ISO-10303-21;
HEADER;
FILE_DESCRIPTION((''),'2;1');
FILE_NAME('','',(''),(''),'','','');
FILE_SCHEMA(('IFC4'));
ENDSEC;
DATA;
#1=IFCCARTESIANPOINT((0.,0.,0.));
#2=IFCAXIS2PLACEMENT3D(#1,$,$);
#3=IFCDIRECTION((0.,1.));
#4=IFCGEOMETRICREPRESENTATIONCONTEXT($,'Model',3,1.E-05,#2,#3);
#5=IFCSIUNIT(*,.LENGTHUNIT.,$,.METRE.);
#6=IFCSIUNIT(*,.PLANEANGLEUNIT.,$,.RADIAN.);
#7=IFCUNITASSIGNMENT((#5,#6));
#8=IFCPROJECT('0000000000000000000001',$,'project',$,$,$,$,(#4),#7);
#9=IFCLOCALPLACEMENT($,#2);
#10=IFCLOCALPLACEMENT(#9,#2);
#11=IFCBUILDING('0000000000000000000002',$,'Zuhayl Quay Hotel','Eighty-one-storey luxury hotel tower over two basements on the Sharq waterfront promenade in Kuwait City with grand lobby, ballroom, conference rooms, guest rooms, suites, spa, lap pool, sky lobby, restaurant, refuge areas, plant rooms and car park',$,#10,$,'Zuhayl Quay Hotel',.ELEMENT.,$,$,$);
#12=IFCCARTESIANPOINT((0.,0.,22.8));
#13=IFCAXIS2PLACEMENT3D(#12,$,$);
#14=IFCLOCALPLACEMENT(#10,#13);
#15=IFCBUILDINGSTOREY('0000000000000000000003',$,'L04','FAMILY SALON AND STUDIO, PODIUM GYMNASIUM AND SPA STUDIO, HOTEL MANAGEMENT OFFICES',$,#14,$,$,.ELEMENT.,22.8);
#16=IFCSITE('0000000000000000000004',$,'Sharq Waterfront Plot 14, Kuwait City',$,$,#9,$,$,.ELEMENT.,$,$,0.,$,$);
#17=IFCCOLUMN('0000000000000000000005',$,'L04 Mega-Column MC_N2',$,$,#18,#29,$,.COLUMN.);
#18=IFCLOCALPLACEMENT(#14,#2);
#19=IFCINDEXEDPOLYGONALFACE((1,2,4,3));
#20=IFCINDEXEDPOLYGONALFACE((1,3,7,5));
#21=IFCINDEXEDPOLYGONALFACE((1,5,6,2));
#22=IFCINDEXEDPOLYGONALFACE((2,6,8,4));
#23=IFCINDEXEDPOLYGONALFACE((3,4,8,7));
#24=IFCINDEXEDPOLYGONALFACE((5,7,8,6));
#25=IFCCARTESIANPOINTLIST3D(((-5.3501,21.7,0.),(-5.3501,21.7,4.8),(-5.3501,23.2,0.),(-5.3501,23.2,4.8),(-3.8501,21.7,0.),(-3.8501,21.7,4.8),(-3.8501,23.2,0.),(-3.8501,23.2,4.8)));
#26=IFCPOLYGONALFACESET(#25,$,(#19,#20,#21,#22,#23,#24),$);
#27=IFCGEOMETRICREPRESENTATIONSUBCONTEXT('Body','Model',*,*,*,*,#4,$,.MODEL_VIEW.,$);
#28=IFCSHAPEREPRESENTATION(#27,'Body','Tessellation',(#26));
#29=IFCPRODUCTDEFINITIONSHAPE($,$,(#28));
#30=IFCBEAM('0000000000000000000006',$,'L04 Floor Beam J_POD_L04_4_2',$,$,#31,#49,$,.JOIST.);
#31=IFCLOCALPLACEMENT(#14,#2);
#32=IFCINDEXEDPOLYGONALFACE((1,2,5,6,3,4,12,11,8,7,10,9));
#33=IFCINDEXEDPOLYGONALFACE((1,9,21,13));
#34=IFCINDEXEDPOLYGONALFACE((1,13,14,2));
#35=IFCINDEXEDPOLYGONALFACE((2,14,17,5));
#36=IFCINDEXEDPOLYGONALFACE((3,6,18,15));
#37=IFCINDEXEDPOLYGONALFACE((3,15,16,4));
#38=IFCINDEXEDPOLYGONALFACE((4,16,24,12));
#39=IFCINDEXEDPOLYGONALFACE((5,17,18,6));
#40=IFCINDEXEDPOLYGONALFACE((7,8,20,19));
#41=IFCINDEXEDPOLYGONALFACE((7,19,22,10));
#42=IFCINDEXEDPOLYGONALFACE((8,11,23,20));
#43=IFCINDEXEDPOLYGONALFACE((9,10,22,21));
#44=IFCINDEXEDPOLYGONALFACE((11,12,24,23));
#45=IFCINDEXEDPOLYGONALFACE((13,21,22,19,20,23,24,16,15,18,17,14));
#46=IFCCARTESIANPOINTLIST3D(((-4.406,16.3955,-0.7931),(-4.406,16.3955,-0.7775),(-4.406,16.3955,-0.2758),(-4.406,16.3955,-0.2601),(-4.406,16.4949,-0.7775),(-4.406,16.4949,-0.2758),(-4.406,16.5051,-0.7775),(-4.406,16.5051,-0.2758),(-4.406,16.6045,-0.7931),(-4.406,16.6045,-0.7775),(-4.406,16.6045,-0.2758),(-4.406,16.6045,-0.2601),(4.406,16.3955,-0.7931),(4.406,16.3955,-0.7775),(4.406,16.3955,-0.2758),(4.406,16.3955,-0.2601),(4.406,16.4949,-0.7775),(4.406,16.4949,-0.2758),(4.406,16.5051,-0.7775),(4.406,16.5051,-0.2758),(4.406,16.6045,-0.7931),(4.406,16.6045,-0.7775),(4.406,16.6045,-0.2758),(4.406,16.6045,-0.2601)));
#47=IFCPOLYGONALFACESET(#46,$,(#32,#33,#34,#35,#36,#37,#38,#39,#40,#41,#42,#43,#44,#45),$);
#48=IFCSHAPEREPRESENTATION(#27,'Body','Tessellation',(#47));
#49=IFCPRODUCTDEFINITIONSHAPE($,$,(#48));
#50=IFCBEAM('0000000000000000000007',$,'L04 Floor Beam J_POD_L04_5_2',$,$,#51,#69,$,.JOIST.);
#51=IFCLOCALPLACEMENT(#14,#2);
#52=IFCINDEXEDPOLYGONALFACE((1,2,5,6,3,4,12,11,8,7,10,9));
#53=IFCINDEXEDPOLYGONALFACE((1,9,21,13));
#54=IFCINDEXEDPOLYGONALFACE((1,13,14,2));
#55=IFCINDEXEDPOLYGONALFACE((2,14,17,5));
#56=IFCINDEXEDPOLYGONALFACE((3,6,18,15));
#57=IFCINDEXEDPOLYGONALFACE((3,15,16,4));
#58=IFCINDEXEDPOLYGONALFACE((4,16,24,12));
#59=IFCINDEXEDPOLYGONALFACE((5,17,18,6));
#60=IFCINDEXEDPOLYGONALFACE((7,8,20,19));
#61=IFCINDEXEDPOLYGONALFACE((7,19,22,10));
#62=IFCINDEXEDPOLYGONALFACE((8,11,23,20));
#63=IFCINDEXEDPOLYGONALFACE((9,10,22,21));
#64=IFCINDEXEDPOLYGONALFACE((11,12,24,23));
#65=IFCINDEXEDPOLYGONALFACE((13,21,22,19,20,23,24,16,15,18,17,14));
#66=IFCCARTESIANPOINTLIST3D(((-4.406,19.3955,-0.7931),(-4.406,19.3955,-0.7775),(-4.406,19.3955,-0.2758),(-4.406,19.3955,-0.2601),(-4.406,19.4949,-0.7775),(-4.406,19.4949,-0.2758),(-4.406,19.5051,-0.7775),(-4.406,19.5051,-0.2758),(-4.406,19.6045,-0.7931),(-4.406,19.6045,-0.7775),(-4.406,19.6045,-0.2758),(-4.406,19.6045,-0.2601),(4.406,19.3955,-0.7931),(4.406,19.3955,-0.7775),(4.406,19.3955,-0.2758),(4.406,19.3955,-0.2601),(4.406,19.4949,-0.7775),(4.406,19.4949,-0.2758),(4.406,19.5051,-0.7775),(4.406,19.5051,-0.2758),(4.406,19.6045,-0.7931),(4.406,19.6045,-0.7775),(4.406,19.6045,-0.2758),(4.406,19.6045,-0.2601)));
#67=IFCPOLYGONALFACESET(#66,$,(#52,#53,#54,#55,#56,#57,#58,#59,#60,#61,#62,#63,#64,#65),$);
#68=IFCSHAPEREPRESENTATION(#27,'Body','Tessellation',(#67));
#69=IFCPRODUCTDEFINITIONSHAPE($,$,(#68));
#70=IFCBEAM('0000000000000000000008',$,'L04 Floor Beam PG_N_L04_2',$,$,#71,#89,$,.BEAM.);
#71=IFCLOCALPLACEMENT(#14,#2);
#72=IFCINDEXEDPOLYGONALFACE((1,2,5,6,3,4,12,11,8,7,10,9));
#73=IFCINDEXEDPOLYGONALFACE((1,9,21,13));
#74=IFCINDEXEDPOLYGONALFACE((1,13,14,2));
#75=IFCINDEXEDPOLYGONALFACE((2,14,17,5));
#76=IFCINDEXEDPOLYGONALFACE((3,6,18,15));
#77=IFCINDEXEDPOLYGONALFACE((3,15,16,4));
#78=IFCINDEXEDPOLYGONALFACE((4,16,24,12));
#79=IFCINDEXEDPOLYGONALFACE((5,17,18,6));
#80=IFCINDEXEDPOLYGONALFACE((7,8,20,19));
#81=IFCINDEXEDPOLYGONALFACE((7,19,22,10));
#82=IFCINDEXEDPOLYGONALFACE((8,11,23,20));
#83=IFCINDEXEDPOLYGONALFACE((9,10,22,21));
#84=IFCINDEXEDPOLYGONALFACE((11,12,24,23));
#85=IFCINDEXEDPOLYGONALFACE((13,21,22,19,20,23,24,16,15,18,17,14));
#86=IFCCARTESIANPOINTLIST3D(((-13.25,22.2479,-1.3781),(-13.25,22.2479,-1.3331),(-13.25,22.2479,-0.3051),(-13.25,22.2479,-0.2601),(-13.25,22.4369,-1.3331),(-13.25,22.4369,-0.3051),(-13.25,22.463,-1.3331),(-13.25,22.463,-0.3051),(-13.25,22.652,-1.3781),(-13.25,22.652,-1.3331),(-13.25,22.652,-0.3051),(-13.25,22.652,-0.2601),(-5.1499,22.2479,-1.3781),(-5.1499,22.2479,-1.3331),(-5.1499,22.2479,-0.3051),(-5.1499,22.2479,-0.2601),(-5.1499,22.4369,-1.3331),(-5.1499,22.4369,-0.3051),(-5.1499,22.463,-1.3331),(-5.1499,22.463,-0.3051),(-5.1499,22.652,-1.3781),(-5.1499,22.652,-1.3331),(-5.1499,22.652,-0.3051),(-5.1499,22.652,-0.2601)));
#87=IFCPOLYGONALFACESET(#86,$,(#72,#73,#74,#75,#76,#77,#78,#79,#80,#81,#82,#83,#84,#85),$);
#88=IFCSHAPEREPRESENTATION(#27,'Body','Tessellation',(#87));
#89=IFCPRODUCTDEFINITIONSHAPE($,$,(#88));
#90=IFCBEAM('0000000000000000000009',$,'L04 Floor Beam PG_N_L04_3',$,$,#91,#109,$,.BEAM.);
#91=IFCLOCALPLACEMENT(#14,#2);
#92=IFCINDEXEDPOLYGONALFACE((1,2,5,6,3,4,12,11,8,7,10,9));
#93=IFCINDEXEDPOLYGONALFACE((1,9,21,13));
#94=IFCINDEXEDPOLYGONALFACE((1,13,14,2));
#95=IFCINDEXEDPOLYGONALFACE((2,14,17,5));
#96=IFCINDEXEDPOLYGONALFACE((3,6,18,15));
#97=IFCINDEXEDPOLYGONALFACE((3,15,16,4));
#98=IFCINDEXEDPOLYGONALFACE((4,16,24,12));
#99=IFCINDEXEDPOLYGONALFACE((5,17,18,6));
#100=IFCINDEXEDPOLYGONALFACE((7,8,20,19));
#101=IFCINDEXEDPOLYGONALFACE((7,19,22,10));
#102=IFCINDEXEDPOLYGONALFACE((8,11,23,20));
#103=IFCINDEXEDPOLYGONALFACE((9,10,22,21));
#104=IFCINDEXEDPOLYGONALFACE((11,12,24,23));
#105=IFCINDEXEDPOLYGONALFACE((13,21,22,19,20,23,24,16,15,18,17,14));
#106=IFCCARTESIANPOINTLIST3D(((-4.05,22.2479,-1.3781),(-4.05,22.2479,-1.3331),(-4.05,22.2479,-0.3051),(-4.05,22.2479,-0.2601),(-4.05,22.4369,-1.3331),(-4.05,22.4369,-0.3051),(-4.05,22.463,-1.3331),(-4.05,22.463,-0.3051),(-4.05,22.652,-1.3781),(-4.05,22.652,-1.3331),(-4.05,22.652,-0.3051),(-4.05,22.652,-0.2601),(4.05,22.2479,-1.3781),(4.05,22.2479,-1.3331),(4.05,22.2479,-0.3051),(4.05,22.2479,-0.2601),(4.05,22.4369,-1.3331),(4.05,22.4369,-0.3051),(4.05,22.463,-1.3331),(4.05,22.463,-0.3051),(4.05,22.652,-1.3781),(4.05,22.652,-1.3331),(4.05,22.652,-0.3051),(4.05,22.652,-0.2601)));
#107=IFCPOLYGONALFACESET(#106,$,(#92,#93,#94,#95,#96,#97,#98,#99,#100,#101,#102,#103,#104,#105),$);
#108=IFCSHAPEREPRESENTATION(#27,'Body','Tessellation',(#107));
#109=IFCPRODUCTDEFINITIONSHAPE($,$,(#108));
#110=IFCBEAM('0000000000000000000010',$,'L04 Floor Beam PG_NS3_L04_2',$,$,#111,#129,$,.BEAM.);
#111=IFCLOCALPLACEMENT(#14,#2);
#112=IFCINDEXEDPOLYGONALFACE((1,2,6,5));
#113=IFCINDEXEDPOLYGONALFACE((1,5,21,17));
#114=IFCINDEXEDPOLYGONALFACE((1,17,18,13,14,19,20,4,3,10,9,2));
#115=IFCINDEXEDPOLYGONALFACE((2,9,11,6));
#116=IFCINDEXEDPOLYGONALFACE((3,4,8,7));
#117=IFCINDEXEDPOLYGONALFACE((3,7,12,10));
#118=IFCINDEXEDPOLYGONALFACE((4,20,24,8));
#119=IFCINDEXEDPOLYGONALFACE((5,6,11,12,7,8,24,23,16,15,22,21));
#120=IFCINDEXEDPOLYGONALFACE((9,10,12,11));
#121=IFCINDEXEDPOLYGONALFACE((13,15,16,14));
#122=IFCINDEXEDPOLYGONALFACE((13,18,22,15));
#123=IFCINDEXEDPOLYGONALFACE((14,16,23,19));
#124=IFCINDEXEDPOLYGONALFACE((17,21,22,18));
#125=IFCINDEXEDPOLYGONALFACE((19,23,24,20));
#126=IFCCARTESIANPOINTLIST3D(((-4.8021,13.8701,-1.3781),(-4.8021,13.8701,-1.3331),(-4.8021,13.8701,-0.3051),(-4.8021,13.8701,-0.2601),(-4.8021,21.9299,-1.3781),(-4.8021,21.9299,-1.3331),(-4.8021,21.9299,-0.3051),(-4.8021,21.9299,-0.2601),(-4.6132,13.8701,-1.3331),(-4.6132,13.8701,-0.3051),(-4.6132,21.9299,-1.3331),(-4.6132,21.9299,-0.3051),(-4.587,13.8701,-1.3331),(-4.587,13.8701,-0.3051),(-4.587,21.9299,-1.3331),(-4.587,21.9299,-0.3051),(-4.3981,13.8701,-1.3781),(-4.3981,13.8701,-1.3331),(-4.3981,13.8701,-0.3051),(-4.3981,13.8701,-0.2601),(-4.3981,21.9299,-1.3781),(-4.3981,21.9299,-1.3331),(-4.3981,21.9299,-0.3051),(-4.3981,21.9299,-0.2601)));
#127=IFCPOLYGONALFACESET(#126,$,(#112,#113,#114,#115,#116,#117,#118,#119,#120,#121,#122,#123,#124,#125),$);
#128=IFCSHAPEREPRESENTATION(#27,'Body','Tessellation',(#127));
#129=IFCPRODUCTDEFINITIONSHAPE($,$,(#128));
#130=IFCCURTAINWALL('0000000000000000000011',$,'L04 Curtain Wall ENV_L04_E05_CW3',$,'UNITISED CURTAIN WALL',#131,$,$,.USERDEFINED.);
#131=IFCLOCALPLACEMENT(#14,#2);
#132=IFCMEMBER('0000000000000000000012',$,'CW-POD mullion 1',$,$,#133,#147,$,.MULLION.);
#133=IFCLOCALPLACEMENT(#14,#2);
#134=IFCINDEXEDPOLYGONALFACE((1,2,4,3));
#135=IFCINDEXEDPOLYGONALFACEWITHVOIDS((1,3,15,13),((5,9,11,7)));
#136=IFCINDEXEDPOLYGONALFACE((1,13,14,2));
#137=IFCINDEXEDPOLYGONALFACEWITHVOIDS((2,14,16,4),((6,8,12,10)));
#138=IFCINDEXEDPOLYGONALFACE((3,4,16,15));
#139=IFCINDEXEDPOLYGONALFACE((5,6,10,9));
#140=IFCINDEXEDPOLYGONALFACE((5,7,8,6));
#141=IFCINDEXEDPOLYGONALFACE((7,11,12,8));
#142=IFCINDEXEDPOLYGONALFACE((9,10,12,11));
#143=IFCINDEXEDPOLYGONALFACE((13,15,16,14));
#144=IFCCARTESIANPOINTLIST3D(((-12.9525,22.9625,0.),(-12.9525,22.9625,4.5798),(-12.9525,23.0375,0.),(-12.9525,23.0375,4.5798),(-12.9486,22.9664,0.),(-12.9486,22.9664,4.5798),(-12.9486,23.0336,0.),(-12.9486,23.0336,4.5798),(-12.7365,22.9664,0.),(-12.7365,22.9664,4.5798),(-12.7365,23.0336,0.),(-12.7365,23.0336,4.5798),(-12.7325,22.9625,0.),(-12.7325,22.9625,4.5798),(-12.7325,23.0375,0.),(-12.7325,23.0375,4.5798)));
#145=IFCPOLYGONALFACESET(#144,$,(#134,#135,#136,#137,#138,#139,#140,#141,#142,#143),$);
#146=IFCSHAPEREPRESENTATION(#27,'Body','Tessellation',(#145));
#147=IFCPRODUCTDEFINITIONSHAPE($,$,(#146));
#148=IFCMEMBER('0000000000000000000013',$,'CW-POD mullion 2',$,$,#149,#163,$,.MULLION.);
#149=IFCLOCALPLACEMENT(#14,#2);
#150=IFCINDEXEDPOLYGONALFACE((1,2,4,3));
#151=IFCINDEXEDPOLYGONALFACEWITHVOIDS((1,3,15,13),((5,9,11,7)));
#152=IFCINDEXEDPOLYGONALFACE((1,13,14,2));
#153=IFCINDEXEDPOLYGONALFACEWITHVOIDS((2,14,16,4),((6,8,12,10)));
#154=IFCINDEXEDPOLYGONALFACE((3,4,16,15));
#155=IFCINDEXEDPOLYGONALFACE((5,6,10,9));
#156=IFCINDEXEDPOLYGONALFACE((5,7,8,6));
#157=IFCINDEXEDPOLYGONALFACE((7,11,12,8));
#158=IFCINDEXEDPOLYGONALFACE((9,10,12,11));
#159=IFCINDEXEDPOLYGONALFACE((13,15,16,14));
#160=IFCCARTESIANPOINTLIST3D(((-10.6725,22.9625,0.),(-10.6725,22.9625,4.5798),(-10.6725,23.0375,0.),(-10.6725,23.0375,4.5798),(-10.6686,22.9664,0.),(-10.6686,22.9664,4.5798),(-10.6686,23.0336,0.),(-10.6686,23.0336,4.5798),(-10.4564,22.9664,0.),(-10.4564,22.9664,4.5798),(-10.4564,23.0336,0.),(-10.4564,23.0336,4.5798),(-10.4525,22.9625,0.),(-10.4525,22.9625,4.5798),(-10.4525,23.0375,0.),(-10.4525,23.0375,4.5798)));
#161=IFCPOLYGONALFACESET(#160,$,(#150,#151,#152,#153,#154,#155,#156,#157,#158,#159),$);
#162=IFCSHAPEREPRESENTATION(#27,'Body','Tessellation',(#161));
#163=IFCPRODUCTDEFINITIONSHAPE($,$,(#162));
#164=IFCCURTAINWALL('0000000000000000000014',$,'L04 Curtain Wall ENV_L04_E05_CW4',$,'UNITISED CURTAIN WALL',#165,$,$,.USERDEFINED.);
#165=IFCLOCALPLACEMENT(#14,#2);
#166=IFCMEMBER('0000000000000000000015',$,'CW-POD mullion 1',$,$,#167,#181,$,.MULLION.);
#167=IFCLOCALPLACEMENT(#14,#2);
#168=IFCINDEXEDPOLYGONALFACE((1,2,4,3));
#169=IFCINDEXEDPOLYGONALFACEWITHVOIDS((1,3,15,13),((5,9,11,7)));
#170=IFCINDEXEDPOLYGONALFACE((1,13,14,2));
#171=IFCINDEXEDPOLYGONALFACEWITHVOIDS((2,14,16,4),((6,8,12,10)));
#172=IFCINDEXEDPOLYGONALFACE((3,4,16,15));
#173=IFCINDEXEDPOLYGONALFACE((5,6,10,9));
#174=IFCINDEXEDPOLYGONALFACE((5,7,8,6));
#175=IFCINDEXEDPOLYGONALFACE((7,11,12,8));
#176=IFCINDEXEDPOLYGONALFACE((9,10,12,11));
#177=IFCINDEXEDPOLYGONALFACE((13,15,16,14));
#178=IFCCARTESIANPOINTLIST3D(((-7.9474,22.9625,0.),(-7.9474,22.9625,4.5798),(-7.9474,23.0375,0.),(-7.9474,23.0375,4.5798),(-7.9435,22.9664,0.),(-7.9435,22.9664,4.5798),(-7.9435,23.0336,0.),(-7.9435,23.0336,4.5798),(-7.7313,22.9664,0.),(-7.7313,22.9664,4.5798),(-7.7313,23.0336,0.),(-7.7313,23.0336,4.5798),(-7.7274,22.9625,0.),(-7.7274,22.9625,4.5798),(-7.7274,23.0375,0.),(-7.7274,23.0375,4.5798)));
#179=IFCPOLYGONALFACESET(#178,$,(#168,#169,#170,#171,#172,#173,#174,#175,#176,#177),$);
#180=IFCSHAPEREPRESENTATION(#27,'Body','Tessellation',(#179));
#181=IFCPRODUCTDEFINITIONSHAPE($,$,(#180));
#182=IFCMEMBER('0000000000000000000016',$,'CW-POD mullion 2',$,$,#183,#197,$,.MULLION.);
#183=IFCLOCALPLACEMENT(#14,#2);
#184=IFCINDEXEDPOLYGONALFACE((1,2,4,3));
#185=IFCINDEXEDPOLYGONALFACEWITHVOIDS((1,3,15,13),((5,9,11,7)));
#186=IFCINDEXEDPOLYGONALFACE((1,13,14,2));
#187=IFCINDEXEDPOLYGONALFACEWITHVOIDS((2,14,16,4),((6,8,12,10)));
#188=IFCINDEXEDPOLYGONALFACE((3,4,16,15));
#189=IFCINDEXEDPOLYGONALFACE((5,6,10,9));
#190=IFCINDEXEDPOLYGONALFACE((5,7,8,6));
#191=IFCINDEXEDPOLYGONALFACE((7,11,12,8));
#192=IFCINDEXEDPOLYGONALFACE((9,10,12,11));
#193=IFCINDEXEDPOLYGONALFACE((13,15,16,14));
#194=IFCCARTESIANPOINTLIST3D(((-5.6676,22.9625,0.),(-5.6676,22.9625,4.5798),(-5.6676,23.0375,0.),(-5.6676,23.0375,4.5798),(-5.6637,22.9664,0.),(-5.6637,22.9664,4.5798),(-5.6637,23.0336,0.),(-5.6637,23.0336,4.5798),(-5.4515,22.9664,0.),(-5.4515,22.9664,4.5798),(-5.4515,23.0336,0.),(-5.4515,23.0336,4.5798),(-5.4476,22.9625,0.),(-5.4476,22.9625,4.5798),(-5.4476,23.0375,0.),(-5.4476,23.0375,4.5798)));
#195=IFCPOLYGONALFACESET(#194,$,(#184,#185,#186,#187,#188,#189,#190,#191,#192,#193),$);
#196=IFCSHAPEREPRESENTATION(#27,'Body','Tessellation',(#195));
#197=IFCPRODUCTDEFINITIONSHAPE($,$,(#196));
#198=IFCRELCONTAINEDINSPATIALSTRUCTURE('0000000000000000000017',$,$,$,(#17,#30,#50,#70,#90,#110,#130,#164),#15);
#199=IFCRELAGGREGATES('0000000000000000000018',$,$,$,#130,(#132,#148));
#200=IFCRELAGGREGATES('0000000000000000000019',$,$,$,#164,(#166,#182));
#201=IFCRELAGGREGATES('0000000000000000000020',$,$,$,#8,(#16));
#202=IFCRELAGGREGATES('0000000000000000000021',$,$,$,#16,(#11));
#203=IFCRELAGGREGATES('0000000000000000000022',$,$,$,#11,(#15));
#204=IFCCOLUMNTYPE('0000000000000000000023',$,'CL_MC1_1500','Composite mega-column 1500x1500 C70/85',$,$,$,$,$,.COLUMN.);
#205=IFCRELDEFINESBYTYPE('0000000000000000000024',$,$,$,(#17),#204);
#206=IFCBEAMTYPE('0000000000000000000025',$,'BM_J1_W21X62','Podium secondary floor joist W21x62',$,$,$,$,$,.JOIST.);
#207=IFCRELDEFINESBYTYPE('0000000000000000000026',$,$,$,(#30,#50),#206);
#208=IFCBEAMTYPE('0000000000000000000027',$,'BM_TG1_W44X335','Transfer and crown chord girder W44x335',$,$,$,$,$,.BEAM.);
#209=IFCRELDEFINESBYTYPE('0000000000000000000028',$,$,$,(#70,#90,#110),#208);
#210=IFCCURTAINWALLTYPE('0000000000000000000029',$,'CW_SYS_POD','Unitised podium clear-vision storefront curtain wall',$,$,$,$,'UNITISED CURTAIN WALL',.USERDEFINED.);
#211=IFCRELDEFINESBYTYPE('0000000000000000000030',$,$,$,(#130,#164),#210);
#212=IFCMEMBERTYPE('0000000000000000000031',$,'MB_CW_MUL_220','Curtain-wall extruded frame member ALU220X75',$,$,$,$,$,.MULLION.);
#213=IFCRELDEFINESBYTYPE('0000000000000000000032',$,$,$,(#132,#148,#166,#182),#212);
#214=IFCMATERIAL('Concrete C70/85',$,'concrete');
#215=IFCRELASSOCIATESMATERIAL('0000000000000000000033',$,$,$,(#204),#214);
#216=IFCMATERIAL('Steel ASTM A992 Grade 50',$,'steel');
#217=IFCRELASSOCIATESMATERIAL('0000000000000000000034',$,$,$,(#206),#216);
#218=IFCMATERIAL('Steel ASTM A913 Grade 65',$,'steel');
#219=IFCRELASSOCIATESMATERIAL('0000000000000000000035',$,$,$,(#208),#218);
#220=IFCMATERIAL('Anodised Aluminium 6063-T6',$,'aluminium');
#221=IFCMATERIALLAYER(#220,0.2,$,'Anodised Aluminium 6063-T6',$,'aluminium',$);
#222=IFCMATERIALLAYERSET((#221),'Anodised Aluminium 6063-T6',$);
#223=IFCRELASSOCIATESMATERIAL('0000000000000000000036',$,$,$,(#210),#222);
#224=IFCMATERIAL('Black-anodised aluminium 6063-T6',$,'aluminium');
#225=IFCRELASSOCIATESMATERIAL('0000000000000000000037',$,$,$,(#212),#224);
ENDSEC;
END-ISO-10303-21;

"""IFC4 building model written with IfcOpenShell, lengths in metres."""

from ifc_helpers import new_model, si_unit, direction, frame, origin, origin_2d, place, context, subcontext, project, spatial, rectangle, hollow_rectangle, i_section, extrude, material, layer, layer_set, material_profile, profile_set, type_object, element, aggregate, save


model = new_model("IFC4")

# Units and contexts
model_context = context("Model", 3, precision=1e-05, world=origin(), true_north=direction((0.0, 1.0)))
body_context = subcontext(model_context, "Body", "Model", "MODEL_VIEW")
ifc_project = project(units=[si_unit("LENGTHUNIT", "METRE"), si_unit("PLANEANGLEUNIT", "RADIAN")], contexts=[model_context])

# Site, building, storey
site_placement = place(None, origin())
site = spatial("IfcSite", under=ifc_project, at=site_placement, Name="Sharq Waterfront Plot 14, Kuwait City", CompositionType="ELEMENT", RefElevation=0.0)
building_placement = place(site_placement, origin())
building = spatial("IfcBuilding", under=site, at=building_placement, Name="Zuhayl Quay Hotel", Description="Eighty-one-storey luxury hotel tower over two basements on the Sharq waterfront promenade in Kuwait City with grand lobby, ballroom, conference rooms, guest rooms, suites, spa, lap pool, sky lobby, restaurant, refuge areas, plant rooms and car park", LongName="Zuhayl Quay Hotel", CompositionType="ELEMENT")
storey_placement = place(building_placement, frame((0.0, 0.0, 22.8)))
storey = spatial("IfcBuildingStorey", under=building, at=storey_placement, Name="L04", Description="FAMILY SALON AND STUDIO, PODIUM GYMNASIUM AND SPA STUDIO, HOTEL MANAGEMENT OFFICES", CompositionType="ELEMENT", Elevation=22.8)

# Column
ifc_material_1 = material(Name="Concrete C70/85", Category="concrete")
ifc_material_profile_1 = material_profile(ifc_material_1, rectangle(XDim=1.5, YDim=1.5, at=origin_2d()), Name="RC1500X1500")
ifc_profile_set_1 = profile_set([ifc_material_profile_1], Name="Concrete C70/85")
column_type = type_object("IfcColumnType", Name="CL_MC1_1500", Description="Composite mega-column 1500x1500 C70/85", PredefinedType="COLUMN", material=ifc_profile_set_1)
column_placement = place(storey_placement, frame((-4.6001, 22.45, 0.0), z_axis=(0.0, 0.0, 1.0), x_axis=(1.0, 0.0, 0.0)))
element("IfcColumn", 1, at=column_placement, inside=storey, type_object=column_type, Name="L04 Mega-Column MC_N2", PredefinedType="COLUMN", context=body_context, shape_type="SweptSolid", body=[
    extrude(rectangle(XDim=1.5, YDim=1.5, at=origin_2d()), origin(), (0.0, 0.0, 1.0), 4.8),
])

# Beams
ifc_material_2 = material(Name="Steel ASTM A992 Grade 50", Category="steel")
ifc_material_profile_2 = material_profile(ifc_material_2, i_section(OverallWidth=0.209, OverallDepth=0.533, WebThickness=0.0103, FlangeThickness=0.0156, at=origin_2d()), Name="W21X62")
ifc_profile_set_2 = profile_set([ifc_material_profile_2], Name="Steel ASTM A992 Grade 50")
beam_type_1 = type_object("IfcBeamType", Name="BM_J1_W21X62", Description="Podium secondary floor joist W21x62", PredefinedType="JOIST", material=ifc_profile_set_2)
for number, where, z_axis, x_axis, name in (
    (2, (-4.406, 16.5, -0.5266), (1.0, 0.0, 0.0), (0.0, 1.0, 0.0), "L04 Floor Beam J_POD_L04_4_2"),
    (3, (-4.406, 19.5, -0.5266), (1.0, 0.0, 0.0), (0.0, 1.0, 0.0), "L04 Floor Beam J_POD_L04_5_2"),
):
    element("IfcBeam", number, at=place(storey_placement, frame(where, z_axis=z_axis, x_axis=x_axis)), inside=storey, type_object=beam_type_1, Name=name, PredefinedType="JOIST", context=body_context, shape_type="SweptSolid", body=[
        extrude(i_section(OverallWidth=0.209, OverallDepth=0.533, WebThickness=0.0103, FlangeThickness=0.0156, at=origin_2d()), origin(), (0.0, 0.0, 1.0), 8.812),
    ])
ifc_material_3 = material(Name="Steel ASTM A913 Grade 65", Category="steel")
ifc_material_profile_3 = material_profile(ifc_material_3, i_section(OverallWidth=0.4041, OverallDepth=1.1179, WebThickness=0.0261, FlangeThickness=0.0449, at=origin_2d()), Name="W44X335")
ifc_profile_set_3 = profile_set([ifc_material_profile_3], Name="Steel ASTM A913 Grade 65")
beam_type_2 = type_object("IfcBeamType", Name="BM_TG1_W44X335", Description="Transfer and crown chord girder W44x335", PredefinedType="BEAM", material=ifc_profile_set_3)
for number, where, z_axis, x_axis, name in (
    (4, (-13.25, 22.45, -0.8191), (1.0, 0.0, 0.0), (0.0, 1.0, 0.0), "L04 Floor Beam PG_N_L04_2"),
    (5, (-4.05, 22.45, -0.8191), (1.0, 0.0, 0.0), (0.0, 1.0, 0.0), "L04 Floor Beam PG_N_L04_3"),
):
    element("IfcBeam", number, at=place(storey_placement, frame(where, z_axis=z_axis, x_axis=x_axis)), inside=storey, type_object=beam_type_2, Name=name, PredefinedType="BEAM", context=body_context, shape_type="SweptSolid", body=[
        extrude(i_section(OverallWidth=0.4041, OverallDepth=1.1179, WebThickness=0.0261, FlangeThickness=0.0449, at=origin_2d()), origin(), (0.0, 0.0, 1.0), 8.1001),
    ])
beam_placement = place(storey_placement, frame((-4.6001, 13.8701, -0.8191), z_axis=(0.0, 1.0, 0.0), x_axis=(-1.0, 0.0, 0.0)))
element("IfcBeam", 6, at=beam_placement, inside=storey, type_object=beam_type_2, Name="L04 Floor Beam PG_NS3_L04_2", PredefinedType="BEAM", context=body_context, shape_type="SweptSolid", body=[
    extrude(i_section(OverallWidth=0.4041, OverallDepth=1.1179, WebThickness=0.0261, FlangeThickness=0.0449, at=origin_2d()), origin(), (0.0, 0.0, 1.0), 8.0598),
])

# Curtain walls, members
ifc_material_4 = material(Name="Anodised Aluminium 6063-T6", Category="aluminium")
ifc_layer_1 = layer(ifc_material_4, 0.2, Name="Anodised Aluminium 6063-T6", Category="aluminium")
ifc_layer_set_1 = layer_set([ifc_layer_1], Name="Anodised Aluminium 6063-T6")
curtain_wall_type = type_object("IfcCurtainWallType", Name="CW_SYS_POD", Description="Unitised podium clear-vision storefront curtain wall", ElementType="UNITISED CURTAIN WALL", PredefinedType="USERDEFINED", material=ifc_layer_set_1)
curtain_wall_1_placement = place(storey_placement, origin())
curtain_wall_1 = element("IfcCurtainWall", 7, at=curtain_wall_1_placement, inside=storey, type_object=curtain_wall_type, Name="L04 Curtain Wall ENV_L04_E05_CW3", ObjectType="UNITISED CURTAIN WALL", PredefinedType="USERDEFINED")
ifc_material_5 = material(Name="Black-anodised aluminium 6063-T6", Category="aluminium")
ifc_material_profile_4 = material_profile(ifc_material_5, hollow_rectangle(XDim=0.075, YDim=0.22, WallThickness=0.0039, at=origin_2d()), Name="ALU220X75")
ifc_profile_set_4 = profile_set([ifc_material_profile_4], Name="Black-anodised aluminium 6063-T6")
member_type_1 = type_object("IfcMemberType", Name="MB_CW_MUL_220", Description="Curtain-wall extruded frame member ALU220X75", PredefinedType="MULLION", material=ifc_profile_set_4)
member_1_placement = place(storey_placement, frame((-12.8425, 23.0, 0.0), z_axis=(0.0, 0.0, 1.0), x_axis=(0.0, 1.0, 0.0)))
member_1 = element("IfcMember", 8, at=member_1_placement, type_object=member_type_1, Name="CW-POD mullion 1", PredefinedType="MULLION", context=body_context, shape_type="SweptSolid", body=[
    extrude(hollow_rectangle(XDim=0.075, YDim=0.22, WallThickness=0.0039, at=origin_2d()), origin(), (0.0, 0.0, 1.0), 4.5798),
])
member_2_placement = place(storey_placement, frame((-10.5625, 23.0, 0.0), z_axis=(0.0, 0.0, 1.0), x_axis=(0.0, 1.0, 0.0)))
member_2 = element("IfcMember", 9, at=member_2_placement, type_object=member_type_1, Name="CW-POD mullion 2", PredefinedType="MULLION", context=body_context, shape_type="SweptSolid", body=[
    extrude(hollow_rectangle(XDim=0.075, YDim=0.22, WallThickness=0.0039, at=origin_2d()), origin(), (0.0, 0.0, 1.0), 4.5798),
])
curtain_wall_2_placement = place(storey_placement, origin())
curtain_wall_2 = element("IfcCurtainWall", 10, at=curtain_wall_2_placement, inside=storey, type_object=curtain_wall_type, Name="L04 Curtain Wall ENV_L04_E05_CW4", ObjectType="UNITISED CURTAIN WALL", PredefinedType="USERDEFINED")
member_3_placement = place(storey_placement, frame((-7.8374, 23.0, 0.0), z_axis=(0.0, 0.0, 1.0), x_axis=(0.0, 1.0, 0.0)))
member_3 = element("IfcMember", 11, at=member_3_placement, type_object=member_type_1, Name="CW-POD mullion 1", PredefinedType="MULLION", context=body_context, shape_type="SweptSolid", body=[
    extrude(hollow_rectangle(XDim=0.075, YDim=0.22, WallThickness=0.0039, at=origin_2d()), origin(), (0.0, 0.0, 1.0), 4.5798),
])
member_4_placement = place(storey_placement, frame((-5.5576, 23.0, 0.0), z_axis=(0.0, 0.0, 1.0), x_axis=(0.0, 1.0, 0.0)))
member_4 = element("IfcMember", 12, at=member_4_placement, type_object=member_type_1, Name="CW-POD mullion 2", PredefinedType="MULLION", context=body_context, shape_type="SweptSolid", body=[
    extrude(hollow_rectangle(XDim=0.075, YDim=0.22, WallThickness=0.0039, at=origin_2d()), origin(), (0.0, 0.0, 1.0), 4.5798),
])

aggregate(curtain_wall_1, [member_1, member_2])
aggregate(curtain_wall_2, [member_3, member_4])

save(model, "model.ifc")
